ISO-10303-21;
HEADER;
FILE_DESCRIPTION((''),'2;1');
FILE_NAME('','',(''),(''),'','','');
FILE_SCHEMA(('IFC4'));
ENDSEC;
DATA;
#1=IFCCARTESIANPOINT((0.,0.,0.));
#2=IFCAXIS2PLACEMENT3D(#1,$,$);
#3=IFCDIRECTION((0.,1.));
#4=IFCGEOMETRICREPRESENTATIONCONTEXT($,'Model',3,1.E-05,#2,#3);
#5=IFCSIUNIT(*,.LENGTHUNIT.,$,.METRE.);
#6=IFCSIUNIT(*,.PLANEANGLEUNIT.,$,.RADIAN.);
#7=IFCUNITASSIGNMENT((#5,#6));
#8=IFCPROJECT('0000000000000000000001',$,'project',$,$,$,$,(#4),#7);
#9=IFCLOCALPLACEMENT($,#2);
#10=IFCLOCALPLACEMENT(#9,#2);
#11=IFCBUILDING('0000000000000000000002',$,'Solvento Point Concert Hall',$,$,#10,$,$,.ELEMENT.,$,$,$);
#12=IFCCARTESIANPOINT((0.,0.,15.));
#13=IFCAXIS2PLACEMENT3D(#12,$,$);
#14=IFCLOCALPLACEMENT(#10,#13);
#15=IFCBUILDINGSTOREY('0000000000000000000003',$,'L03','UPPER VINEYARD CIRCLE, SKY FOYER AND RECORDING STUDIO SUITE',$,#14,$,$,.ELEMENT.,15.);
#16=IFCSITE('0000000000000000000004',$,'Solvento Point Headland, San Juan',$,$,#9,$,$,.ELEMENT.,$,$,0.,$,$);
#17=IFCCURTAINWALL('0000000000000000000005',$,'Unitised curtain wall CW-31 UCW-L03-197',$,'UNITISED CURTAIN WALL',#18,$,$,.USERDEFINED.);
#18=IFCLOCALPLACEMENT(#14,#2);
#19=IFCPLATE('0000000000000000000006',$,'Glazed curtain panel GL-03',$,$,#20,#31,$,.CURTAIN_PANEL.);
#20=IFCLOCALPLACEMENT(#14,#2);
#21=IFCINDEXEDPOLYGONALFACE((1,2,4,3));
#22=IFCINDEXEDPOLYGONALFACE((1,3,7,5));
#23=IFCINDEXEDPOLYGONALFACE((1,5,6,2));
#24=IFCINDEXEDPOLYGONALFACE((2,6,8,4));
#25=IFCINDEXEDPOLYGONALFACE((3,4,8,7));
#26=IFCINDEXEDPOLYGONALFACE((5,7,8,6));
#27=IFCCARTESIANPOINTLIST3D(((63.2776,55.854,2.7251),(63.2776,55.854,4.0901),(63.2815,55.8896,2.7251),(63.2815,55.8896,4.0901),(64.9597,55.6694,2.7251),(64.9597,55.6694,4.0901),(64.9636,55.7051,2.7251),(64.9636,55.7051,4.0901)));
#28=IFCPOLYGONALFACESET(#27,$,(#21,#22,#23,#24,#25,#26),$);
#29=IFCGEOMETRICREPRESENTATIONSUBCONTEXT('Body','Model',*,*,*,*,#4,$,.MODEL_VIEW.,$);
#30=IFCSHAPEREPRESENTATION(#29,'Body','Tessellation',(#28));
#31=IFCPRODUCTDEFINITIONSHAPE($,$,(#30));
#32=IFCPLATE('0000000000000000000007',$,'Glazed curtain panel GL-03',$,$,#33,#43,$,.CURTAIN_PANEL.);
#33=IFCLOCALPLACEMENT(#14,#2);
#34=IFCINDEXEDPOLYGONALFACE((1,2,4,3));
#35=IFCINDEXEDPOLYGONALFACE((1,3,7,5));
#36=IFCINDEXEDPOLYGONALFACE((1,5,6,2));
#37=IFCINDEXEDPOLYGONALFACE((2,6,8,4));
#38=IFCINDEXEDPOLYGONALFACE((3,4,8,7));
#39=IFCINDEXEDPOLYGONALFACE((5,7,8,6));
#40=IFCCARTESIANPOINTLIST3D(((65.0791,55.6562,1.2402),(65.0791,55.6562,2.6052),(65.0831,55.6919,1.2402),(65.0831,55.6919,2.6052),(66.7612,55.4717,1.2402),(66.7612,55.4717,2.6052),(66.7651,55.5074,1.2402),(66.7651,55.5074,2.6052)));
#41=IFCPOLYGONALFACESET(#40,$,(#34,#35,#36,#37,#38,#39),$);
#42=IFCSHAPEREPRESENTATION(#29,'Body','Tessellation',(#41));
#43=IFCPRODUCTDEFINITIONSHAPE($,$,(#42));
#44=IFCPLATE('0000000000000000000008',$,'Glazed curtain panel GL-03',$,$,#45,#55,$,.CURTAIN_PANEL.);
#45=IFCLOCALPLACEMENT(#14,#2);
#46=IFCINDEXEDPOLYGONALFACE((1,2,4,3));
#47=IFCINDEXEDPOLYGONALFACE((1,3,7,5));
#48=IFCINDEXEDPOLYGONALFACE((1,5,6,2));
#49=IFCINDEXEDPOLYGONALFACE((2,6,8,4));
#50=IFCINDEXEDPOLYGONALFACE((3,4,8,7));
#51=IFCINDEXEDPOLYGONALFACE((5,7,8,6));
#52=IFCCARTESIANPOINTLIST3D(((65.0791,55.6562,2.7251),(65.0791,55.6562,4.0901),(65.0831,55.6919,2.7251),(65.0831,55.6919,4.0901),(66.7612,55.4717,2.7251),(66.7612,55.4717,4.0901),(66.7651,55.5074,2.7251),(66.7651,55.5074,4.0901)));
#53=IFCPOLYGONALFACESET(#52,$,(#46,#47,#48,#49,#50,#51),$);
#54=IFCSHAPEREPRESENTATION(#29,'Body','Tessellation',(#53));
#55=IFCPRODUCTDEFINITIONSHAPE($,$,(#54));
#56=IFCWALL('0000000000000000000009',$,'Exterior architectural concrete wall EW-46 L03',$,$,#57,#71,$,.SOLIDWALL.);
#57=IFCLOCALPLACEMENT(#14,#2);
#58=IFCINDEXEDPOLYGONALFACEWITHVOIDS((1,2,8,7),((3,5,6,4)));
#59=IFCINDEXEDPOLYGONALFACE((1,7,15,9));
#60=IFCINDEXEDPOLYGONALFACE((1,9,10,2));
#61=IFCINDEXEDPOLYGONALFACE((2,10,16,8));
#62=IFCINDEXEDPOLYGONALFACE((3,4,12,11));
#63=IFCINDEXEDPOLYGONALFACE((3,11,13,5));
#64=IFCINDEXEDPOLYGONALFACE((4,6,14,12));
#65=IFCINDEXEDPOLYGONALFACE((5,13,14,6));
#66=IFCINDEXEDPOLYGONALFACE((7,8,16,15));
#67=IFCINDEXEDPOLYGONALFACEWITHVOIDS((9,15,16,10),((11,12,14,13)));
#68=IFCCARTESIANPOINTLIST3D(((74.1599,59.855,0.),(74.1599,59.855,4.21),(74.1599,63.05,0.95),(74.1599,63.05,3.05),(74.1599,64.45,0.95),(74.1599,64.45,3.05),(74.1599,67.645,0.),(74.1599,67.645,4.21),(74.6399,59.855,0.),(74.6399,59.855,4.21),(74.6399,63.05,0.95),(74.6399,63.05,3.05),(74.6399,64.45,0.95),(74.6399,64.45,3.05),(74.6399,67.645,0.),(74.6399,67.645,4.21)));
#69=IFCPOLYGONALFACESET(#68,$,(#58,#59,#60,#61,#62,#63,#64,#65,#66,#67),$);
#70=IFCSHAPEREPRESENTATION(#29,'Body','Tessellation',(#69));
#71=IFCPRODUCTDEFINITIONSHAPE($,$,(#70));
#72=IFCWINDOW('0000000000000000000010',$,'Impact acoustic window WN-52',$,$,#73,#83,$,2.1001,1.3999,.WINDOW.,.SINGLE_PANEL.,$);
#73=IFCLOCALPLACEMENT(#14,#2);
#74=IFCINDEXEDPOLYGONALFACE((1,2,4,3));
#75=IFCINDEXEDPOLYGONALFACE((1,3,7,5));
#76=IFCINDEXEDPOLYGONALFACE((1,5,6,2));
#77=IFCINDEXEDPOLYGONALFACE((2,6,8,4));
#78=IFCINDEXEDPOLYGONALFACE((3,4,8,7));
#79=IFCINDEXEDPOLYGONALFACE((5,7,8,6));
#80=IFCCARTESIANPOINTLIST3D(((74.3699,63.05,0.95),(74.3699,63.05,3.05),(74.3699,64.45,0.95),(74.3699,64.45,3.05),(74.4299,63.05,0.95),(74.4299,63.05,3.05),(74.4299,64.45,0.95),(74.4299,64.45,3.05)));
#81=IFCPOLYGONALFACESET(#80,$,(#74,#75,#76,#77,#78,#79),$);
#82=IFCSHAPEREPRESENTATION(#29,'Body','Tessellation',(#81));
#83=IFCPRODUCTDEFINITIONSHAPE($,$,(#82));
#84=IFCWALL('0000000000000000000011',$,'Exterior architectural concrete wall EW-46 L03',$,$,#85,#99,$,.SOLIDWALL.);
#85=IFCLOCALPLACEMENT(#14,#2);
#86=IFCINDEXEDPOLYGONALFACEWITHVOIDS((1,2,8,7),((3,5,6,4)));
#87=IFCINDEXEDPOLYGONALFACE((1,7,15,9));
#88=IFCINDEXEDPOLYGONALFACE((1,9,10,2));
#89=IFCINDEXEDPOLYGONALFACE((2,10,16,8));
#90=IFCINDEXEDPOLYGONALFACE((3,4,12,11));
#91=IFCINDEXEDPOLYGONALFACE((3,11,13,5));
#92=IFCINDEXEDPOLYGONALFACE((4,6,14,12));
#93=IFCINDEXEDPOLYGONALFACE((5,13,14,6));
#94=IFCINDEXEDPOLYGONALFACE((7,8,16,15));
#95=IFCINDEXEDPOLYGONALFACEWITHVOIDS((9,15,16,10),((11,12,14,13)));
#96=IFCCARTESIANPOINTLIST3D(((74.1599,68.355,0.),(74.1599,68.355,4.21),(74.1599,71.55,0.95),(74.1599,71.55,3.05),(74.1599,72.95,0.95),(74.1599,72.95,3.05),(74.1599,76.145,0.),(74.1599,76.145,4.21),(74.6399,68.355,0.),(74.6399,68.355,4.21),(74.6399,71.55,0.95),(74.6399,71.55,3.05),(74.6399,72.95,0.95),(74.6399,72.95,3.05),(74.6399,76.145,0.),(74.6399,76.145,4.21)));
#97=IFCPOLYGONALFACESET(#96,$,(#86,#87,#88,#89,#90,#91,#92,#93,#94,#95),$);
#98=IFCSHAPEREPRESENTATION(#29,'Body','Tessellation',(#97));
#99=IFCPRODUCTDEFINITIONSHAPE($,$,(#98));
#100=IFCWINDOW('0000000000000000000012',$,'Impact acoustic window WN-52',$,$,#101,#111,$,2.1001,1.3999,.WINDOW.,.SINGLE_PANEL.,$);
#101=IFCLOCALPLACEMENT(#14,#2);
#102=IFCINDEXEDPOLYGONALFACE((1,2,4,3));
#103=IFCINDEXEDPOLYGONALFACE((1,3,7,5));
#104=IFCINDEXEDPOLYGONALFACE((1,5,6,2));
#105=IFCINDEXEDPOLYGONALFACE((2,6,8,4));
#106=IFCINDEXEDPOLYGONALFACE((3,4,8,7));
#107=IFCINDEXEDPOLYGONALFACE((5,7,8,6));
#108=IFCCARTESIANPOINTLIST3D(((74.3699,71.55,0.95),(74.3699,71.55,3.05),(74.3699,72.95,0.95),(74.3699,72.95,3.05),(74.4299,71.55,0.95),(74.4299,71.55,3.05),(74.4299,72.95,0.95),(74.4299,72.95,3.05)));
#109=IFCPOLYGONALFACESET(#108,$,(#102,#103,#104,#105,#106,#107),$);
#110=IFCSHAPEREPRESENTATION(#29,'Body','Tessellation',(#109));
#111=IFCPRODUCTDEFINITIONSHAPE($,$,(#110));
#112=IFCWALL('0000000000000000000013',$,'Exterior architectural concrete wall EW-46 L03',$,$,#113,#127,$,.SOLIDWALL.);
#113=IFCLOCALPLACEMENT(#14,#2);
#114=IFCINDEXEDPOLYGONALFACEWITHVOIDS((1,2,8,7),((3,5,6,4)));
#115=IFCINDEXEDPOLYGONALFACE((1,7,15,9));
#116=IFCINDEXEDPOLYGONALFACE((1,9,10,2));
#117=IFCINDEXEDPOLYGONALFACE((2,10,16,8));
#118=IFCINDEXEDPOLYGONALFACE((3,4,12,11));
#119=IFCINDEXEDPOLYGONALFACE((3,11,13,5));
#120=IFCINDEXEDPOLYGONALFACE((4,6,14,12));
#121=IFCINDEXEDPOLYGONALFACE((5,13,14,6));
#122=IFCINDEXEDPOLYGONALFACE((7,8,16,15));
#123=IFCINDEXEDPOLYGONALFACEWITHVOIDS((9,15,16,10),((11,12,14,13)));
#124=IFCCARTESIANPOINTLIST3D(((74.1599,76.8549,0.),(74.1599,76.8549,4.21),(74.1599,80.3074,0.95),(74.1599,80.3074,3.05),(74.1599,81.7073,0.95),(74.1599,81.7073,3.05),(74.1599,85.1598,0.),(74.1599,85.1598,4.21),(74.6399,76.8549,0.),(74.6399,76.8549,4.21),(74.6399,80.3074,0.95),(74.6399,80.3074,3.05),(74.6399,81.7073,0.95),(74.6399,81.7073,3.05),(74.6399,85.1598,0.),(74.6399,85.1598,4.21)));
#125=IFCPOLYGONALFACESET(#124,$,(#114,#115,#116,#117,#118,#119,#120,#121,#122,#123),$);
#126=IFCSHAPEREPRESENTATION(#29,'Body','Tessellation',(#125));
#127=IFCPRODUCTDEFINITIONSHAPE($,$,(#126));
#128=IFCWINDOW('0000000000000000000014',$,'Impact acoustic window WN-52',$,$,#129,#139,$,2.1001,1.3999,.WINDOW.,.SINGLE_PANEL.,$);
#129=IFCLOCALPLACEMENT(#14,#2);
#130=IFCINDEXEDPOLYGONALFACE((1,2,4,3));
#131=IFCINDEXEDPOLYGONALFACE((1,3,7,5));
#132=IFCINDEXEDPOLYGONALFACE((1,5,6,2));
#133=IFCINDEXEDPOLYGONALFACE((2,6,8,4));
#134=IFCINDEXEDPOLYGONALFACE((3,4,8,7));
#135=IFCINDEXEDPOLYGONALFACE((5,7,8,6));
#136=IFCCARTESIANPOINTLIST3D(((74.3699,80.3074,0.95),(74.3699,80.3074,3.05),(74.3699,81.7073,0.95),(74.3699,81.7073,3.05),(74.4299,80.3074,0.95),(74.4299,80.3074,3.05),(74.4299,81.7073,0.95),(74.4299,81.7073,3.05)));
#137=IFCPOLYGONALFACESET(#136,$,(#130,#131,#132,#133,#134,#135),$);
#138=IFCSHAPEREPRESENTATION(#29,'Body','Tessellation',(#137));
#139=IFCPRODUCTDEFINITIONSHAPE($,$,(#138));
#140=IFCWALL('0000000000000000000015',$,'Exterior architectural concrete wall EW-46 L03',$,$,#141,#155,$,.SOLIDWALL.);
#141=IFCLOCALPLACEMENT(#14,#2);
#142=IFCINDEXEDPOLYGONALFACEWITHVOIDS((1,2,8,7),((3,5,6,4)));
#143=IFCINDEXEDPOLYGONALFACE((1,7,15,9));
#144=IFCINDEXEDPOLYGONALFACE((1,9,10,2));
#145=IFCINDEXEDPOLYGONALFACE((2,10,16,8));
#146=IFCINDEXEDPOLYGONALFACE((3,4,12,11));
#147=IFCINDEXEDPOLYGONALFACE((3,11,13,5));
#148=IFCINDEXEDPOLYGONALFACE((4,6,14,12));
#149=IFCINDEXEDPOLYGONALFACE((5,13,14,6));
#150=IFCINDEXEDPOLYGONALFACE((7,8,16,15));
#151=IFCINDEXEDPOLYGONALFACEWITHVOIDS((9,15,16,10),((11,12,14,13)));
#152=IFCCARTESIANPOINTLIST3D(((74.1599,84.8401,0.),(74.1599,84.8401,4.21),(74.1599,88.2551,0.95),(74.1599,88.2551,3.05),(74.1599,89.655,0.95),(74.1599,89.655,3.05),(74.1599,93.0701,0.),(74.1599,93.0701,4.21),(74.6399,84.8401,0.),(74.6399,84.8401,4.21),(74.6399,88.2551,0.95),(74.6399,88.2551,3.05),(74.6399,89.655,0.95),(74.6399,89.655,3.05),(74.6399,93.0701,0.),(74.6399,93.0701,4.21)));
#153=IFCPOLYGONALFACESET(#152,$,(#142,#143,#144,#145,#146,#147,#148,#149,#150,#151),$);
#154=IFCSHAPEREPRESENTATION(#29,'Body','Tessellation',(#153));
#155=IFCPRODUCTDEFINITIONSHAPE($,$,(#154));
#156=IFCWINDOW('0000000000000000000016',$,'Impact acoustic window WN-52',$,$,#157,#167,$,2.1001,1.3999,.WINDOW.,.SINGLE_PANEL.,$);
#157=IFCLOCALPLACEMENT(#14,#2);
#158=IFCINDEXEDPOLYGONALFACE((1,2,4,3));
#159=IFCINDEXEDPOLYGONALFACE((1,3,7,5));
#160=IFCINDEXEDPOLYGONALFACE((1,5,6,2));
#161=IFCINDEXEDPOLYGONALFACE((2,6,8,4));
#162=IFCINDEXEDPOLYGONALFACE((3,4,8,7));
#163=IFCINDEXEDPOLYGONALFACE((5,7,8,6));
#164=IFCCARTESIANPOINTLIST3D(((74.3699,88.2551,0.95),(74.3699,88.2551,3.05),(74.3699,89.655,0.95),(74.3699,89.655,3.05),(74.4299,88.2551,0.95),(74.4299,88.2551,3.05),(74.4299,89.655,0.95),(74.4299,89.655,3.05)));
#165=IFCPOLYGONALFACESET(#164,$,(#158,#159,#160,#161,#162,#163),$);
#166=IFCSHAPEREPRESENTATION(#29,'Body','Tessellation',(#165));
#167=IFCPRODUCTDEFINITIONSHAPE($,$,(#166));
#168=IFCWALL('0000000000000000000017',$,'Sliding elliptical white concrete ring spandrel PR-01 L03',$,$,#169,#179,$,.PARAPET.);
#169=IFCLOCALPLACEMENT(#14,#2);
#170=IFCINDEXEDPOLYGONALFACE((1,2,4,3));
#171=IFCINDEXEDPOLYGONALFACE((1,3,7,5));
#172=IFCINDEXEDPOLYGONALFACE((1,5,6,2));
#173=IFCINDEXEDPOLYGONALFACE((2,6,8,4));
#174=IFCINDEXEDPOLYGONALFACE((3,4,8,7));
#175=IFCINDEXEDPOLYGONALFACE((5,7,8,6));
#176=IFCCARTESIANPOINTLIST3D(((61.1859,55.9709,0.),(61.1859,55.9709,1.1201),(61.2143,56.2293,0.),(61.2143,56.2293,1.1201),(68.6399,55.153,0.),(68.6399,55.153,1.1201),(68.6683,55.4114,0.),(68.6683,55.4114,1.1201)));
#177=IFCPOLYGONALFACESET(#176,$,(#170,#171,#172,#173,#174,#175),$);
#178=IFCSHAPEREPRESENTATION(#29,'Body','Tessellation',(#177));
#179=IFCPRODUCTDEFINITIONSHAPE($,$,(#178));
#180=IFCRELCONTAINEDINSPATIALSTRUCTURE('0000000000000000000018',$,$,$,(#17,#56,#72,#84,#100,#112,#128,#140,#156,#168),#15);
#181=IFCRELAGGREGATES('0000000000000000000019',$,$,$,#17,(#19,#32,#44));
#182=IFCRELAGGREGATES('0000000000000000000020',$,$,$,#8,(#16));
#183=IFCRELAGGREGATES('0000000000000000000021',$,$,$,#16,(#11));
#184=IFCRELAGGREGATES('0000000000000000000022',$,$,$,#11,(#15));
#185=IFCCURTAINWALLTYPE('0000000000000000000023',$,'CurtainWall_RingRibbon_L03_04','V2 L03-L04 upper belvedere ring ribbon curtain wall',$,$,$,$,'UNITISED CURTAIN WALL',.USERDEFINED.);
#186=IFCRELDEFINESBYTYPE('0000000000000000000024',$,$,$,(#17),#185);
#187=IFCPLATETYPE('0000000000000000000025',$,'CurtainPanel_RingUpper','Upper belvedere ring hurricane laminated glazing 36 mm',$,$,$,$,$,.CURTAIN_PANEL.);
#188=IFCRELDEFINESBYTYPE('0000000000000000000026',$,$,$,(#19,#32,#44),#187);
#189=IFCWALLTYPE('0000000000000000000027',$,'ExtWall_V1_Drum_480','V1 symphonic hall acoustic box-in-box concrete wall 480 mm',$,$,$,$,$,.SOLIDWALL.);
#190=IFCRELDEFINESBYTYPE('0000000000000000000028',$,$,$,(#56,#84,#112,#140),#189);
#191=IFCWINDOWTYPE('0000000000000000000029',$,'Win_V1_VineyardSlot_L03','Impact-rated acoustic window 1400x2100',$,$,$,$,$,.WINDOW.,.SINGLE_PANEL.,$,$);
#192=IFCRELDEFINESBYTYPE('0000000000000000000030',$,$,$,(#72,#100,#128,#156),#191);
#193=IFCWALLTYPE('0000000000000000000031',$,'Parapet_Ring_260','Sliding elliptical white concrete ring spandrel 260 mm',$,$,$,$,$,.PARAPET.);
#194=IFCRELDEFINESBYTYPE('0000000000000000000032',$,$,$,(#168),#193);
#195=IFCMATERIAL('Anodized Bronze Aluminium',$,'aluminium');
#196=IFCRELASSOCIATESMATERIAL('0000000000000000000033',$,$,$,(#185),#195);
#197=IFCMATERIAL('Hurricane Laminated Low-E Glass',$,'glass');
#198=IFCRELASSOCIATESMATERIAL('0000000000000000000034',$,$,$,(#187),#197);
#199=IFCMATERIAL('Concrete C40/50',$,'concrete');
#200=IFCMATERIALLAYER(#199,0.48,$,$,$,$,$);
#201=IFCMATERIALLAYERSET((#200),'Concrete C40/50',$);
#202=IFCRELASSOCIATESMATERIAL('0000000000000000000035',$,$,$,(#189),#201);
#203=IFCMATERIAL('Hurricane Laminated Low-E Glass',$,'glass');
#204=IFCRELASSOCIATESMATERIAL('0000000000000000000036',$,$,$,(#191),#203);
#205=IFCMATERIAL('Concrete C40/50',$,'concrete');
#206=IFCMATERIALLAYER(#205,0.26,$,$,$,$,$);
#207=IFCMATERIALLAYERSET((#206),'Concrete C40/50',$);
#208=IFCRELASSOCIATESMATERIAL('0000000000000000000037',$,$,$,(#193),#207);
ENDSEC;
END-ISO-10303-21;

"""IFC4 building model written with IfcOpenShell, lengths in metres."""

from ifc_helpers import new_model, si_unit, direction, frame, frame_2d, origin, origin_2d, place, context, subcontext, project, spatial, rectangle, extrude, material, layer, layer_set, type_object, element, fill, aggregate, save


model = new_model("IFC4")

# Units and contexts
model_context = context("Model", 3, precision=1e-05, world=origin(), true_north=direction((0.0, 1.0)))
body_context = subcontext(model_context, "Body", "Model", "MODEL_VIEW")
ifc_project = project(units=[si_unit("LENGTHUNIT", "METRE"), si_unit("PLANEANGLEUNIT", "RADIAN")], contexts=[model_context])

# Site, building, storey
site_placement = place(None, origin())
site = spatial("IfcSite", under=ifc_project, at=site_placement, Name="Solvento Point Headland, San Juan", CompositionType="ELEMENT", RefElevation=0.0)
building_placement = place(site_placement, origin())
building = spatial("IfcBuilding", under=site, at=building_placement, Name="Solvento Point Concert Hall", CompositionType="ELEMENT")
storey_placement = place(building_placement, frame((0.0, 0.0, 15.0)))
storey = spatial("IfcBuildingStorey", under=building, at=storey_placement, Name="L03", Description="UPPER VINEYARD CIRCLE, SKY FOYER AND RECORDING STUDIO SUITE", CompositionType="ELEMENT", Elevation=15.0)

# Curtain wall
ifc_material_1 = material(Name="Anodized Bronze Aluminium", Category="aluminium")
curtain_wall_type = type_object("IfcCurtainWallType", Name="CurtainWall_RingRibbon_L03_04", Description="V2 L03-L04 upper belvedere ring ribbon curtain wall", ElementType="UNITISED CURTAIN WALL", PredefinedType="USERDEFINED", material=ifc_material_1)
curtain_wall_1_placement = place(storey_placement, origin())
curtain_wall_1 = element("IfcCurtainWall", 1, at=curtain_wall_1_placement, inside=storey, type_object=curtain_wall_type, Name="Unitised curtain wall CW-31 UCW-L03-197", ObjectType="UNITISED CURTAIN WALL", PredefinedType="USERDEFINED")

# Plates
ifc_material_2 = material(Name="Hurricane Laminated Low-E Glass", Category="glass")
plate_type = type_object("IfcPlateType", Name="CurtainPanel_RingUpper", Description="Upper belvedere ring hurricane laminated glazing 36 mm", PredefinedType="CURTAIN_PANEL", material=ifc_material_2)
plate_1_placement = place(storey_placement, frame((64.1206, 55.7795, 2.7251), z_axis=(0.0, 0.0, 1.0), x_axis=(0.994035, -0.109058, 0.0)))
plate_1 = element("IfcPlate", 2, at=plate_1_placement, type_object=plate_type, Name="Glazed curtain panel GL-03", PredefinedType="CURTAIN_PANEL", context=body_context, shape_type="SweptSolid", body=[
    extrude(rectangle(XDim=1.6921, YDim=0.0359, at=origin_2d()), origin(), (0.0, 0.0, 1.0), 1.365),
])
plate_2_placement = place(storey_placement, frame((65.9221, 55.5818, 1.2402), z_axis=(0.0, 0.0, 1.0), x_axis=(0.994035, -0.109058, 0.0)))
plate_2 = element("IfcPlate", 3, at=plate_2_placement, type_object=plate_type, Name="Glazed curtain panel GL-03", PredefinedType="CURTAIN_PANEL", context=body_context, shape_type="SweptSolid", body=[
    extrude(rectangle(XDim=1.6921, YDim=0.0359, at=origin_2d()), origin(), (0.0, 0.0, 1.0), 1.365),
])
plate_3_placement = place(storey_placement, frame((65.9221, 55.5818, 2.7251), z_axis=(0.0, 0.0, 1.0), x_axis=(0.994035, -0.109058, 0.0)))
plate_3 = element("IfcPlate", 4, at=plate_3_placement, type_object=plate_type, Name="Glazed curtain panel GL-03", PredefinedType="CURTAIN_PANEL", context=body_context, shape_type="SweptSolid", body=[
    extrude(rectangle(XDim=1.6921, YDim=0.0359, at=origin_2d()), origin(), (0.0, 0.0, 1.0), 1.365),
])
aggregate(curtain_wall_1, [plate_1, plate_2, plate_3])

# Walls, openings, windows
ifc_material_3 = material(Name="Concrete C40/50", Category="concrete")
ifc_layer_1 = layer(ifc_material_3, 0.48)
ifc_layer_set_1 = layer_set([ifc_layer_1], Name="Concrete C40/50")
wall_type_1 = type_object("IfcWallType", Name="ExtWall_V1_Drum_480", Description="V1 symphonic hall acoustic box-in-box concrete wall 480 mm", PredefinedType="SOLIDWALL", material=ifc_layer_set_1)
wall_1_placement = place(storey_placement, frame((74.3999, 59.855, 0.0), z_axis=(0.0, 0.0, 1.0), x_axis=(0.0, 1.0, 0.0)))
wall_1 = element("IfcWall", 5, at=wall_1_placement, inside=storey, type_object=wall_type_1, Name="Exterior architectural concrete wall EW-46 L03", PredefinedType="SOLIDWALL", context=body_context, shape_type="SweptSolid", body=[
    extrude(rectangle(XDim=7.79, YDim=0.48, at=frame_2d((3.895, 0.0))), origin(), (0.0, 0.0, 1.0), 4.21),
])
opening_1_placement = place(wall_1_placement, frame((3.1951, 0.0, 0.95)))
opening_1 = element("IfcOpeningElement", 6, at=opening_1_placement, cuts=wall_1, PredefinedType="OPENING", context=body_context, shape_type="SweptSolid", body=[
    extrude(rectangle(XDim=1.3999, YDim=2.1001, at=frame_2d((0.7, 1.05))), frame((0.0, 0.25, 0.0), z_axis=(0.0, -1.0, 0.0), x_axis=(1.0, 0.0, 0.0)), (0.0, 0.0, 1.0), 0.5),
])
ifc_material_4 = material(Name="Hurricane Laminated Low-E Glass", Category="glass")
window_type = type_object("IfcWindowType", Name="Win_V1_VineyardSlot_L03", Description="Impact-rated acoustic window 1400x2100", PartitioningType="SINGLE_PANEL", PredefinedType="WINDOW", material=ifc_material_4)
window_1_placement = place(opening_1_placement, origin())
window_1 = element("IfcWindow", 7, at=window_1_placement, inside=storey, type_object=window_type, Name="Impact acoustic window WN-52", OverallHeight=2.1001, OverallWidth=1.3999, PartitioningType="SINGLE_PANEL", PredefinedType="WINDOW", context=body_context, shape_type="SweptSolid", body=[
    extrude(rectangle(XDim=1.3999, YDim=2.1001, at=frame_2d((0.7, 1.05))), frame((0.0, 0.03, 0.0), z_axis=(0.0, -1.0, 0.0), x_axis=(1.0, 0.0, 0.0)), (0.0, 0.0, 1.0), 0.0601),
])
fill(opening_1, window_1)
wall_2_placement = place(storey_placement, frame((74.3999, 68.355, 0.0), z_axis=(0.0, 0.0, 1.0), x_axis=(0.0, 1.0, 0.0)))
wall_2 = element("IfcWall", 8, at=wall_2_placement, inside=storey, type_object=wall_type_1, Name="Exterior architectural concrete wall EW-46 L03", PredefinedType="SOLIDWALL", context=body_context, shape_type="SweptSolid", body=[
    extrude(rectangle(XDim=7.79, YDim=0.48, at=frame_2d((3.895, 0.0))), origin(), (0.0, 0.0, 1.0), 4.21),
])
opening_2_placement = place(wall_2_placement, frame((3.1951, 0.0, 0.95)))
opening_2 = element("IfcOpeningElement", 9, at=opening_2_placement, cuts=wall_2, PredefinedType="OPENING", context=body_context, shape_type="SweptSolid", body=[
    extrude(rectangle(XDim=1.3999, YDim=2.1001, at=frame_2d((0.7, 1.05))), frame((0.0, 0.25, 0.0), z_axis=(0.0, -1.0, 0.0), x_axis=(1.0, 0.0, 0.0)), (0.0, 0.0, 1.0), 0.5),
])
window_2_placement = place(opening_2_placement, origin())
window_2 = element("IfcWindow", 10, at=window_2_placement, inside=storey, type_object=window_type, Name="Impact acoustic window WN-52", OverallHeight=2.1001, OverallWidth=1.3999, PartitioningType="SINGLE_PANEL", PredefinedType="WINDOW", context=body_context, shape_type="SweptSolid", body=[
    extrude(rectangle(XDim=1.3999, YDim=2.1001, at=frame_2d((0.7, 1.05))), frame((0.0, 0.03, 0.0), z_axis=(0.0, -1.0, 0.0), x_axis=(1.0, 0.0, 0.0)), (0.0, 0.0, 1.0), 0.0601),
])
fill(opening_2, window_2)
wall_3_placement = place(storey_placement, frame((74.3999, 76.855, 0.0), z_axis=(0.0, 0.0, 1.0), x_axis=(0.0, 1.0, 0.0)))
wall_3 = element("IfcWall", 11, at=wall_3_placement, inside=storey, type_object=wall_type_1, Name="Exterior architectural concrete wall EW-46 L03", PredefinedType="SOLIDWALL", context=body_context, shape_type="SweptSolid", body=[
    extrude(rectangle(XDim=8.3049, YDim=0.48, at=frame_2d((4.1523, 0.0))), origin(), (0.0, 0.0, 1.0), 4.21),
])
opening_3_placement = place(wall_3_placement, frame((3.4524, 0.0, 0.95)))
opening_3 = element("IfcOpeningElement", 12, at=opening_3_placement, cuts=wall_3, PredefinedType="OPENING", context=body_context, shape_type="SweptSolid", body=[
    extrude(rectangle(XDim=1.3999, YDim=2.1001, at=frame_2d((0.7, 1.05))), frame((0.0, 0.25, 0.0), z_axis=(0.0, -1.0, 0.0), x_axis=(1.0, 0.0, 0.0)), (0.0, 0.0, 1.0), 0.5),
])
window_3_placement = place(opening_3_placement, origin())
window_3 = element("IfcWindow", 13, at=window_3_placement, inside=storey, type_object=window_type, Name="Impact acoustic window WN-52", OverallHeight=2.1001, OverallWidth=1.3999, PartitioningType="SINGLE_PANEL", PredefinedType="WINDOW", context=body_context, shape_type="SweptSolid", body=[
    extrude(rectangle(XDim=1.3999, YDim=2.1001, at=frame_2d((0.7, 1.05))), frame((0.0, 0.03, 0.0), z_axis=(0.0, -1.0, 0.0), x_axis=(1.0, 0.0, 0.0)), (0.0, 0.0, 1.0), 0.0601),
])
fill(opening_3, window_3)
wall_4_placement = place(storey_placement, frame((74.3999, 84.8401, 0.0), z_axis=(0.0, 0.0, 1.0), x_axis=(0.0, 1.0, 0.0)))
wall_4 = element("IfcWall", 14, at=wall_4_placement, inside=storey, type_object=wall_type_1, Name="Exterior architectural concrete wall EW-46 L03", PredefinedType="SOLIDWALL", context=body_context, shape_type="SweptSolid", body=[
    extrude(rectangle(XDim=8.23, YDim=0.48, at=frame_2d((4.115, 0.0))), origin(), (0.0, 0.0, 1.0), 4.21),
])
opening_4_placement = place(wall_4_placement, frame((3.415, 0.0, 0.95)))
opening_4 = element("IfcOpeningElement", 15, at=opening_4_placement, cuts=wall_4, PredefinedType="OPENING", context=body_context, shape_type="SweptSolid", body=[
    extrude(rectangle(XDim=1.3999, YDim=2.1001, at=frame_2d((0.7, 1.05))), frame((0.0, 0.25, 0.0), z_axis=(0.0, -1.0, 0.0), x_axis=(1.0, 0.0, 0.0)), (0.0, 0.0, 1.0), 0.5),
])
window_4_placement = place(opening_4_placement, origin())
window_4 = element("IfcWindow", 16, at=window_4_placement, inside=storey, type_object=window_type, Name="Impact acoustic window WN-52", OverallHeight=2.1001, OverallWidth=1.3999, PartitioningType="SINGLE_PANEL", PredefinedType="WINDOW", context=body_context, shape_type="SweptSolid", body=[
    extrude(rectangle(XDim=1.3999, YDim=2.1001, at=frame_2d((0.7, 1.05))), frame((0.0, 0.03, 0.0), z_axis=(0.0, -1.0, 0.0), x_axis=(1.0, 0.0, 0.0)), (0.0, 0.0, 1.0), 0.0601),
])
fill(opening_4, window_4)

# Wall
ifc_material_5 = material(Name="Concrete C40/50", Category="concrete")
ifc_layer_2 = layer(ifc_material_5, 0.26)
ifc_layer_set_2 = layer_set([ifc_layer_2], Name="Concrete C40/50")
wall_type_2 = type_object("IfcWallType", Name="Parapet_Ring_260", Description="Sliding elliptical white concrete ring spandrel 260 mm", PredefinedType="PARAPET", material=ifc_layer_set_2)
wall_5_placement = place(storey_placement, frame((61.2, 56.1001, 0.0), z_axis=(0.0, 0.0, 1.0), x_axis=(0.994034, -0.109066, 0.0)))
element("IfcWall", 17, at=wall_5_placement, inside=storey, type_object=wall_type_2, Name="Sliding elliptical white concrete ring spandrel PR-01 L03", PredefinedType="PARAPET", context=body_context, shape_type="SweptSolid", body=[
    extrude(rectangle(XDim=7.4988, YDim=0.26, at=frame_2d((3.7495, 0.0))), origin(), (0.0, 0.0, 1.0), 1.1201),
])

save(model, "model.ifc")
